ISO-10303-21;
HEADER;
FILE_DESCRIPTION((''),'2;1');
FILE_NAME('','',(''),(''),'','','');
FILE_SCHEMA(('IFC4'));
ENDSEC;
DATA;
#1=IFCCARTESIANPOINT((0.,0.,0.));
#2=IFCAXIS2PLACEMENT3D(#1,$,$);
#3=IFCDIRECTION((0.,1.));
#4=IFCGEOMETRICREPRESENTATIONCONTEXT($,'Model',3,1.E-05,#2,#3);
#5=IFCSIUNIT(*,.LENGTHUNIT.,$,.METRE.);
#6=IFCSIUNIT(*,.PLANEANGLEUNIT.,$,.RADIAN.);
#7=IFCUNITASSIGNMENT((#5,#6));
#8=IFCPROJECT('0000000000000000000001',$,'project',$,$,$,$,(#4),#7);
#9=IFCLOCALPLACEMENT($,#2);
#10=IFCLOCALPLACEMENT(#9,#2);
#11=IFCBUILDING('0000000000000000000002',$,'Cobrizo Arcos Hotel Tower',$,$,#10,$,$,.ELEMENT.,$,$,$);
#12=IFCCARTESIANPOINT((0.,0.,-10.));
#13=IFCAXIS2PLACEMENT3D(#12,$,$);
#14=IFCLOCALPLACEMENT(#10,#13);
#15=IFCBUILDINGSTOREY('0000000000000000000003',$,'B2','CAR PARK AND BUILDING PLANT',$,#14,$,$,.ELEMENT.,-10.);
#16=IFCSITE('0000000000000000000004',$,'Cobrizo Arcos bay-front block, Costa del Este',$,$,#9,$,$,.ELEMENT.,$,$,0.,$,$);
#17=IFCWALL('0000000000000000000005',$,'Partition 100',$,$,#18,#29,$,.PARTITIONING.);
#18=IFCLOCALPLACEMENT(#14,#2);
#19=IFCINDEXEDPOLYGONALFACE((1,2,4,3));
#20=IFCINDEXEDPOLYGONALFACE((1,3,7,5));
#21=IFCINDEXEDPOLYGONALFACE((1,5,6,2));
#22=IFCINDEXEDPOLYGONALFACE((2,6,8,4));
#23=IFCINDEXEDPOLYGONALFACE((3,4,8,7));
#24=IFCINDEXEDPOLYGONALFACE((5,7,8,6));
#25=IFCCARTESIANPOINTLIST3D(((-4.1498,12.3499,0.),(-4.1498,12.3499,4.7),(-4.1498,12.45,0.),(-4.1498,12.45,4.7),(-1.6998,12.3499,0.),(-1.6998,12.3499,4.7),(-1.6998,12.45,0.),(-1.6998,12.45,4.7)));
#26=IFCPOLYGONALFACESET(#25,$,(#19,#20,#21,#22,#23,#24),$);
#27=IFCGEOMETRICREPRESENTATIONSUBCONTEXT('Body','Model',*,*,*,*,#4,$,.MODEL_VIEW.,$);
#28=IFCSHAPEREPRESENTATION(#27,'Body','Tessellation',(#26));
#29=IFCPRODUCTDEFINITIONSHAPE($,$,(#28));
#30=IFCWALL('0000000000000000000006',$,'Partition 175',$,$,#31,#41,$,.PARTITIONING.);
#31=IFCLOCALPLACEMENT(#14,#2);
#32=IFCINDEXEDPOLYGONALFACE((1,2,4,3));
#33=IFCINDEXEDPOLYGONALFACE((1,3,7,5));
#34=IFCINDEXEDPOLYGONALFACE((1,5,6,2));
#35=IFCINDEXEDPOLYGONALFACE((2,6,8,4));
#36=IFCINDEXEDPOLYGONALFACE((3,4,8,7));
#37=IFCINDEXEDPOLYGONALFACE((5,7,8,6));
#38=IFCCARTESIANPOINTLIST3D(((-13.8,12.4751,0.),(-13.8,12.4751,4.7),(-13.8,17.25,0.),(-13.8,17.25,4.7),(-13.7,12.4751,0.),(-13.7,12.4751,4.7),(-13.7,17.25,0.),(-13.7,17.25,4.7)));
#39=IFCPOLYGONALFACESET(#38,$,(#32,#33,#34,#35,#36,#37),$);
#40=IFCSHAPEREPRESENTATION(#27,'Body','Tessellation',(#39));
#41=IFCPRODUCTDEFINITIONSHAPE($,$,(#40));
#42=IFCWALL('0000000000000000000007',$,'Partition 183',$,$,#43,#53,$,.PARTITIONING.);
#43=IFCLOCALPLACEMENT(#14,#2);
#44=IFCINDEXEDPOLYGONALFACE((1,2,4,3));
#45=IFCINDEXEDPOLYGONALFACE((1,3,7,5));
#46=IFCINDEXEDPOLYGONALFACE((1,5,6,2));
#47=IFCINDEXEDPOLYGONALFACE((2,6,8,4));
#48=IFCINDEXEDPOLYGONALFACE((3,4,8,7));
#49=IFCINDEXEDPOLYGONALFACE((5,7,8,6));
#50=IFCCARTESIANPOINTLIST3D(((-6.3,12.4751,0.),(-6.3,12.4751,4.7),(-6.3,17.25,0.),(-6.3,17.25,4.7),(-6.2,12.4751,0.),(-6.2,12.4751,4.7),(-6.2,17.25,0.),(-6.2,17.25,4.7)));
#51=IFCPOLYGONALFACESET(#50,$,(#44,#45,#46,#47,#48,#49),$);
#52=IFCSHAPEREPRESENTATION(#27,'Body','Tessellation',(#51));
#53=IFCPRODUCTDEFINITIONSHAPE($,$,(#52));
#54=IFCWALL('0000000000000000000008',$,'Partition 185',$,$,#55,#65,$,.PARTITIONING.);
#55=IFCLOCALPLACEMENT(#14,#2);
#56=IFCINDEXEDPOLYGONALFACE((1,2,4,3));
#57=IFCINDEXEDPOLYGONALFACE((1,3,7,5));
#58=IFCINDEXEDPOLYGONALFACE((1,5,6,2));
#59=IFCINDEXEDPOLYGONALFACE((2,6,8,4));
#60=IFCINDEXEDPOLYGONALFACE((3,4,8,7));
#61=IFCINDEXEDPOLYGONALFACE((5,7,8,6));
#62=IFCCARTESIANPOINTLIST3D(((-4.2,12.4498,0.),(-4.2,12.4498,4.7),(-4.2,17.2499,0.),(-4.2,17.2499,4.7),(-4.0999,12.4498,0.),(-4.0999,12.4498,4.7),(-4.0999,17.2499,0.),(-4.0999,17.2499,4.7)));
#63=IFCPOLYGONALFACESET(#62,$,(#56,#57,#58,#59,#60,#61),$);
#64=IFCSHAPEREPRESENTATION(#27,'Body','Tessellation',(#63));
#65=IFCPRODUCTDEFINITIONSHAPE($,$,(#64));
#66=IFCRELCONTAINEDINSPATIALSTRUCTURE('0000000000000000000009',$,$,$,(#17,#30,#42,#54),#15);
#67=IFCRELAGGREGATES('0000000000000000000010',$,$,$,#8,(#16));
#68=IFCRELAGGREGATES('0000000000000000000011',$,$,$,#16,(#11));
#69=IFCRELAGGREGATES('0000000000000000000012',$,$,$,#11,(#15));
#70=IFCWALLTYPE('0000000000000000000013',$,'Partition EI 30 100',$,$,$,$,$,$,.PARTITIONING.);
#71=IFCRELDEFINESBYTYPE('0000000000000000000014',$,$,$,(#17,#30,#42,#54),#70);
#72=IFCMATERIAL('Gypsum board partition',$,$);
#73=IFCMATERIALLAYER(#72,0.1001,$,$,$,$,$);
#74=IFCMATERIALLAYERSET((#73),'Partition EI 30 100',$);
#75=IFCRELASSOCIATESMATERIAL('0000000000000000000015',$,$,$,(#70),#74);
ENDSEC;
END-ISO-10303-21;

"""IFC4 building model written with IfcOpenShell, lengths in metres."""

from ifc_helpers import new_model, si_unit, direction, frame, frame_2d, origin, place, context, subcontext, project, spatial, rectangle, extrude, material, layer, layer_set, type_object, element, save


model = new_model("IFC4")

# Units and contexts
model_context = context("Model", 3, precision=1e-05, world=origin(), true_north=direction((0.0, 1.0)))
body_context = subcontext(model_context, "Body", "Model", "MODEL_VIEW")
ifc_project = project(units=[si_unit("LENGTHUNIT", "METRE"), si_unit("PLANEANGLEUNIT", "RADIAN")], contexts=[model_context])

# Site, building, storey
site_placement = place(None, origin())
site = spatial("IfcSite", under=ifc_project, at=site_placement, Name="Cobrizo Arcos bay-front block, Costa del Este", CompositionType="ELEMENT", RefElevation=0.0)
building_placement = place(site_placement, origin())
building = spatial("IfcBuilding", under=site, at=building_placement, Name="Cobrizo Arcos Hotel Tower", CompositionType="ELEMENT")
storey_placement = place(building_placement, frame((0.0, 0.0, -10.0)))
storey = spatial("IfcBuildingStorey", under=building, at=storey_placement, Name="B2", Description="CAR PARK AND BUILDING PLANT", CompositionType="ELEMENT", Elevation=-10.0)

# Shared definitions
ifc_material_1 = material(Name="Gypsum board partition")

# Walls
ifc_layer_1 = layer(ifc_material_1, 0.1001)
ifc_layer_set_1 = layer_set([ifc_layer_1], Name="Partition EI 30 100")
wall_type_1 = type_object("IfcWallType", Name="Partition EI 30 100", PredefinedType="PARTITIONING", material=ifc_layer_set_1)
wall_1_placement = place(storey_placement, frame((-4.1499, 12.3999, 0.0), z_axis=(0.0, 0.0, 1.0), x_axis=(1.0, 0.0, 0.0)))
element("IfcWall", 1, at=wall_1_placement, inside=storey, type_object=wall_type_1, Name="Partition 100", PredefinedType="PARTITIONING", context=body_context, shape_type="SweptSolid", body=[
    extrude(rectangle(XDim=2.45, YDim=0.1001, at=frame_2d((1.2251, 0.0))), origin(), (0.0, 0.0, 1.0), 4.7),
])
for number, where, z_axis, x_axis, name in (
    (2, (-13.75, 12.4751, 0.0), (0.0, 0.0, 1.0), (0.0, 1.0, 0.0), "Partition 175"),
    (3, (-6.25, 12.4751, 0.0), (0.0, 0.0, 1.0), (0.0, 1.0, 0.0), "Partition 183"),
):
    element("IfcWall", number, at=place(storey_placement, frame(where, z_axis=z_axis, x_axis=x_axis)), inside=storey, type_object=wall_type_1, Name=name, PredefinedType="PARTITIONING", context=body_context, shape_type="SweptSolid", body=[
        extrude(rectangle(XDim=4.7749, YDim=0.1001, at=frame_2d((2.3875, 0.0))), origin(), (0.0, 0.0, 1.0), 4.7),
    ])
wall_2_placement = place(storey_placement, frame((-4.1499, 12.45, 0.0), z_axis=(0.0, 0.0, 1.0), x_axis=(0.0, 1.0, 0.0)))
element("IfcWall", 4, at=wall_2_placement, inside=storey, type_object=wall_type_1, Name="Partition 185", PredefinedType="PARTITIONING", context=body_context, shape_type="SweptSolid", body=[
    extrude(rectangle(XDim=4.8, YDim=0.1001, at=frame_2d((2.3999, 0.0))), origin(), (0.0, 0.0, 1.0), 4.7),
])

save(model, "model.ifc")
